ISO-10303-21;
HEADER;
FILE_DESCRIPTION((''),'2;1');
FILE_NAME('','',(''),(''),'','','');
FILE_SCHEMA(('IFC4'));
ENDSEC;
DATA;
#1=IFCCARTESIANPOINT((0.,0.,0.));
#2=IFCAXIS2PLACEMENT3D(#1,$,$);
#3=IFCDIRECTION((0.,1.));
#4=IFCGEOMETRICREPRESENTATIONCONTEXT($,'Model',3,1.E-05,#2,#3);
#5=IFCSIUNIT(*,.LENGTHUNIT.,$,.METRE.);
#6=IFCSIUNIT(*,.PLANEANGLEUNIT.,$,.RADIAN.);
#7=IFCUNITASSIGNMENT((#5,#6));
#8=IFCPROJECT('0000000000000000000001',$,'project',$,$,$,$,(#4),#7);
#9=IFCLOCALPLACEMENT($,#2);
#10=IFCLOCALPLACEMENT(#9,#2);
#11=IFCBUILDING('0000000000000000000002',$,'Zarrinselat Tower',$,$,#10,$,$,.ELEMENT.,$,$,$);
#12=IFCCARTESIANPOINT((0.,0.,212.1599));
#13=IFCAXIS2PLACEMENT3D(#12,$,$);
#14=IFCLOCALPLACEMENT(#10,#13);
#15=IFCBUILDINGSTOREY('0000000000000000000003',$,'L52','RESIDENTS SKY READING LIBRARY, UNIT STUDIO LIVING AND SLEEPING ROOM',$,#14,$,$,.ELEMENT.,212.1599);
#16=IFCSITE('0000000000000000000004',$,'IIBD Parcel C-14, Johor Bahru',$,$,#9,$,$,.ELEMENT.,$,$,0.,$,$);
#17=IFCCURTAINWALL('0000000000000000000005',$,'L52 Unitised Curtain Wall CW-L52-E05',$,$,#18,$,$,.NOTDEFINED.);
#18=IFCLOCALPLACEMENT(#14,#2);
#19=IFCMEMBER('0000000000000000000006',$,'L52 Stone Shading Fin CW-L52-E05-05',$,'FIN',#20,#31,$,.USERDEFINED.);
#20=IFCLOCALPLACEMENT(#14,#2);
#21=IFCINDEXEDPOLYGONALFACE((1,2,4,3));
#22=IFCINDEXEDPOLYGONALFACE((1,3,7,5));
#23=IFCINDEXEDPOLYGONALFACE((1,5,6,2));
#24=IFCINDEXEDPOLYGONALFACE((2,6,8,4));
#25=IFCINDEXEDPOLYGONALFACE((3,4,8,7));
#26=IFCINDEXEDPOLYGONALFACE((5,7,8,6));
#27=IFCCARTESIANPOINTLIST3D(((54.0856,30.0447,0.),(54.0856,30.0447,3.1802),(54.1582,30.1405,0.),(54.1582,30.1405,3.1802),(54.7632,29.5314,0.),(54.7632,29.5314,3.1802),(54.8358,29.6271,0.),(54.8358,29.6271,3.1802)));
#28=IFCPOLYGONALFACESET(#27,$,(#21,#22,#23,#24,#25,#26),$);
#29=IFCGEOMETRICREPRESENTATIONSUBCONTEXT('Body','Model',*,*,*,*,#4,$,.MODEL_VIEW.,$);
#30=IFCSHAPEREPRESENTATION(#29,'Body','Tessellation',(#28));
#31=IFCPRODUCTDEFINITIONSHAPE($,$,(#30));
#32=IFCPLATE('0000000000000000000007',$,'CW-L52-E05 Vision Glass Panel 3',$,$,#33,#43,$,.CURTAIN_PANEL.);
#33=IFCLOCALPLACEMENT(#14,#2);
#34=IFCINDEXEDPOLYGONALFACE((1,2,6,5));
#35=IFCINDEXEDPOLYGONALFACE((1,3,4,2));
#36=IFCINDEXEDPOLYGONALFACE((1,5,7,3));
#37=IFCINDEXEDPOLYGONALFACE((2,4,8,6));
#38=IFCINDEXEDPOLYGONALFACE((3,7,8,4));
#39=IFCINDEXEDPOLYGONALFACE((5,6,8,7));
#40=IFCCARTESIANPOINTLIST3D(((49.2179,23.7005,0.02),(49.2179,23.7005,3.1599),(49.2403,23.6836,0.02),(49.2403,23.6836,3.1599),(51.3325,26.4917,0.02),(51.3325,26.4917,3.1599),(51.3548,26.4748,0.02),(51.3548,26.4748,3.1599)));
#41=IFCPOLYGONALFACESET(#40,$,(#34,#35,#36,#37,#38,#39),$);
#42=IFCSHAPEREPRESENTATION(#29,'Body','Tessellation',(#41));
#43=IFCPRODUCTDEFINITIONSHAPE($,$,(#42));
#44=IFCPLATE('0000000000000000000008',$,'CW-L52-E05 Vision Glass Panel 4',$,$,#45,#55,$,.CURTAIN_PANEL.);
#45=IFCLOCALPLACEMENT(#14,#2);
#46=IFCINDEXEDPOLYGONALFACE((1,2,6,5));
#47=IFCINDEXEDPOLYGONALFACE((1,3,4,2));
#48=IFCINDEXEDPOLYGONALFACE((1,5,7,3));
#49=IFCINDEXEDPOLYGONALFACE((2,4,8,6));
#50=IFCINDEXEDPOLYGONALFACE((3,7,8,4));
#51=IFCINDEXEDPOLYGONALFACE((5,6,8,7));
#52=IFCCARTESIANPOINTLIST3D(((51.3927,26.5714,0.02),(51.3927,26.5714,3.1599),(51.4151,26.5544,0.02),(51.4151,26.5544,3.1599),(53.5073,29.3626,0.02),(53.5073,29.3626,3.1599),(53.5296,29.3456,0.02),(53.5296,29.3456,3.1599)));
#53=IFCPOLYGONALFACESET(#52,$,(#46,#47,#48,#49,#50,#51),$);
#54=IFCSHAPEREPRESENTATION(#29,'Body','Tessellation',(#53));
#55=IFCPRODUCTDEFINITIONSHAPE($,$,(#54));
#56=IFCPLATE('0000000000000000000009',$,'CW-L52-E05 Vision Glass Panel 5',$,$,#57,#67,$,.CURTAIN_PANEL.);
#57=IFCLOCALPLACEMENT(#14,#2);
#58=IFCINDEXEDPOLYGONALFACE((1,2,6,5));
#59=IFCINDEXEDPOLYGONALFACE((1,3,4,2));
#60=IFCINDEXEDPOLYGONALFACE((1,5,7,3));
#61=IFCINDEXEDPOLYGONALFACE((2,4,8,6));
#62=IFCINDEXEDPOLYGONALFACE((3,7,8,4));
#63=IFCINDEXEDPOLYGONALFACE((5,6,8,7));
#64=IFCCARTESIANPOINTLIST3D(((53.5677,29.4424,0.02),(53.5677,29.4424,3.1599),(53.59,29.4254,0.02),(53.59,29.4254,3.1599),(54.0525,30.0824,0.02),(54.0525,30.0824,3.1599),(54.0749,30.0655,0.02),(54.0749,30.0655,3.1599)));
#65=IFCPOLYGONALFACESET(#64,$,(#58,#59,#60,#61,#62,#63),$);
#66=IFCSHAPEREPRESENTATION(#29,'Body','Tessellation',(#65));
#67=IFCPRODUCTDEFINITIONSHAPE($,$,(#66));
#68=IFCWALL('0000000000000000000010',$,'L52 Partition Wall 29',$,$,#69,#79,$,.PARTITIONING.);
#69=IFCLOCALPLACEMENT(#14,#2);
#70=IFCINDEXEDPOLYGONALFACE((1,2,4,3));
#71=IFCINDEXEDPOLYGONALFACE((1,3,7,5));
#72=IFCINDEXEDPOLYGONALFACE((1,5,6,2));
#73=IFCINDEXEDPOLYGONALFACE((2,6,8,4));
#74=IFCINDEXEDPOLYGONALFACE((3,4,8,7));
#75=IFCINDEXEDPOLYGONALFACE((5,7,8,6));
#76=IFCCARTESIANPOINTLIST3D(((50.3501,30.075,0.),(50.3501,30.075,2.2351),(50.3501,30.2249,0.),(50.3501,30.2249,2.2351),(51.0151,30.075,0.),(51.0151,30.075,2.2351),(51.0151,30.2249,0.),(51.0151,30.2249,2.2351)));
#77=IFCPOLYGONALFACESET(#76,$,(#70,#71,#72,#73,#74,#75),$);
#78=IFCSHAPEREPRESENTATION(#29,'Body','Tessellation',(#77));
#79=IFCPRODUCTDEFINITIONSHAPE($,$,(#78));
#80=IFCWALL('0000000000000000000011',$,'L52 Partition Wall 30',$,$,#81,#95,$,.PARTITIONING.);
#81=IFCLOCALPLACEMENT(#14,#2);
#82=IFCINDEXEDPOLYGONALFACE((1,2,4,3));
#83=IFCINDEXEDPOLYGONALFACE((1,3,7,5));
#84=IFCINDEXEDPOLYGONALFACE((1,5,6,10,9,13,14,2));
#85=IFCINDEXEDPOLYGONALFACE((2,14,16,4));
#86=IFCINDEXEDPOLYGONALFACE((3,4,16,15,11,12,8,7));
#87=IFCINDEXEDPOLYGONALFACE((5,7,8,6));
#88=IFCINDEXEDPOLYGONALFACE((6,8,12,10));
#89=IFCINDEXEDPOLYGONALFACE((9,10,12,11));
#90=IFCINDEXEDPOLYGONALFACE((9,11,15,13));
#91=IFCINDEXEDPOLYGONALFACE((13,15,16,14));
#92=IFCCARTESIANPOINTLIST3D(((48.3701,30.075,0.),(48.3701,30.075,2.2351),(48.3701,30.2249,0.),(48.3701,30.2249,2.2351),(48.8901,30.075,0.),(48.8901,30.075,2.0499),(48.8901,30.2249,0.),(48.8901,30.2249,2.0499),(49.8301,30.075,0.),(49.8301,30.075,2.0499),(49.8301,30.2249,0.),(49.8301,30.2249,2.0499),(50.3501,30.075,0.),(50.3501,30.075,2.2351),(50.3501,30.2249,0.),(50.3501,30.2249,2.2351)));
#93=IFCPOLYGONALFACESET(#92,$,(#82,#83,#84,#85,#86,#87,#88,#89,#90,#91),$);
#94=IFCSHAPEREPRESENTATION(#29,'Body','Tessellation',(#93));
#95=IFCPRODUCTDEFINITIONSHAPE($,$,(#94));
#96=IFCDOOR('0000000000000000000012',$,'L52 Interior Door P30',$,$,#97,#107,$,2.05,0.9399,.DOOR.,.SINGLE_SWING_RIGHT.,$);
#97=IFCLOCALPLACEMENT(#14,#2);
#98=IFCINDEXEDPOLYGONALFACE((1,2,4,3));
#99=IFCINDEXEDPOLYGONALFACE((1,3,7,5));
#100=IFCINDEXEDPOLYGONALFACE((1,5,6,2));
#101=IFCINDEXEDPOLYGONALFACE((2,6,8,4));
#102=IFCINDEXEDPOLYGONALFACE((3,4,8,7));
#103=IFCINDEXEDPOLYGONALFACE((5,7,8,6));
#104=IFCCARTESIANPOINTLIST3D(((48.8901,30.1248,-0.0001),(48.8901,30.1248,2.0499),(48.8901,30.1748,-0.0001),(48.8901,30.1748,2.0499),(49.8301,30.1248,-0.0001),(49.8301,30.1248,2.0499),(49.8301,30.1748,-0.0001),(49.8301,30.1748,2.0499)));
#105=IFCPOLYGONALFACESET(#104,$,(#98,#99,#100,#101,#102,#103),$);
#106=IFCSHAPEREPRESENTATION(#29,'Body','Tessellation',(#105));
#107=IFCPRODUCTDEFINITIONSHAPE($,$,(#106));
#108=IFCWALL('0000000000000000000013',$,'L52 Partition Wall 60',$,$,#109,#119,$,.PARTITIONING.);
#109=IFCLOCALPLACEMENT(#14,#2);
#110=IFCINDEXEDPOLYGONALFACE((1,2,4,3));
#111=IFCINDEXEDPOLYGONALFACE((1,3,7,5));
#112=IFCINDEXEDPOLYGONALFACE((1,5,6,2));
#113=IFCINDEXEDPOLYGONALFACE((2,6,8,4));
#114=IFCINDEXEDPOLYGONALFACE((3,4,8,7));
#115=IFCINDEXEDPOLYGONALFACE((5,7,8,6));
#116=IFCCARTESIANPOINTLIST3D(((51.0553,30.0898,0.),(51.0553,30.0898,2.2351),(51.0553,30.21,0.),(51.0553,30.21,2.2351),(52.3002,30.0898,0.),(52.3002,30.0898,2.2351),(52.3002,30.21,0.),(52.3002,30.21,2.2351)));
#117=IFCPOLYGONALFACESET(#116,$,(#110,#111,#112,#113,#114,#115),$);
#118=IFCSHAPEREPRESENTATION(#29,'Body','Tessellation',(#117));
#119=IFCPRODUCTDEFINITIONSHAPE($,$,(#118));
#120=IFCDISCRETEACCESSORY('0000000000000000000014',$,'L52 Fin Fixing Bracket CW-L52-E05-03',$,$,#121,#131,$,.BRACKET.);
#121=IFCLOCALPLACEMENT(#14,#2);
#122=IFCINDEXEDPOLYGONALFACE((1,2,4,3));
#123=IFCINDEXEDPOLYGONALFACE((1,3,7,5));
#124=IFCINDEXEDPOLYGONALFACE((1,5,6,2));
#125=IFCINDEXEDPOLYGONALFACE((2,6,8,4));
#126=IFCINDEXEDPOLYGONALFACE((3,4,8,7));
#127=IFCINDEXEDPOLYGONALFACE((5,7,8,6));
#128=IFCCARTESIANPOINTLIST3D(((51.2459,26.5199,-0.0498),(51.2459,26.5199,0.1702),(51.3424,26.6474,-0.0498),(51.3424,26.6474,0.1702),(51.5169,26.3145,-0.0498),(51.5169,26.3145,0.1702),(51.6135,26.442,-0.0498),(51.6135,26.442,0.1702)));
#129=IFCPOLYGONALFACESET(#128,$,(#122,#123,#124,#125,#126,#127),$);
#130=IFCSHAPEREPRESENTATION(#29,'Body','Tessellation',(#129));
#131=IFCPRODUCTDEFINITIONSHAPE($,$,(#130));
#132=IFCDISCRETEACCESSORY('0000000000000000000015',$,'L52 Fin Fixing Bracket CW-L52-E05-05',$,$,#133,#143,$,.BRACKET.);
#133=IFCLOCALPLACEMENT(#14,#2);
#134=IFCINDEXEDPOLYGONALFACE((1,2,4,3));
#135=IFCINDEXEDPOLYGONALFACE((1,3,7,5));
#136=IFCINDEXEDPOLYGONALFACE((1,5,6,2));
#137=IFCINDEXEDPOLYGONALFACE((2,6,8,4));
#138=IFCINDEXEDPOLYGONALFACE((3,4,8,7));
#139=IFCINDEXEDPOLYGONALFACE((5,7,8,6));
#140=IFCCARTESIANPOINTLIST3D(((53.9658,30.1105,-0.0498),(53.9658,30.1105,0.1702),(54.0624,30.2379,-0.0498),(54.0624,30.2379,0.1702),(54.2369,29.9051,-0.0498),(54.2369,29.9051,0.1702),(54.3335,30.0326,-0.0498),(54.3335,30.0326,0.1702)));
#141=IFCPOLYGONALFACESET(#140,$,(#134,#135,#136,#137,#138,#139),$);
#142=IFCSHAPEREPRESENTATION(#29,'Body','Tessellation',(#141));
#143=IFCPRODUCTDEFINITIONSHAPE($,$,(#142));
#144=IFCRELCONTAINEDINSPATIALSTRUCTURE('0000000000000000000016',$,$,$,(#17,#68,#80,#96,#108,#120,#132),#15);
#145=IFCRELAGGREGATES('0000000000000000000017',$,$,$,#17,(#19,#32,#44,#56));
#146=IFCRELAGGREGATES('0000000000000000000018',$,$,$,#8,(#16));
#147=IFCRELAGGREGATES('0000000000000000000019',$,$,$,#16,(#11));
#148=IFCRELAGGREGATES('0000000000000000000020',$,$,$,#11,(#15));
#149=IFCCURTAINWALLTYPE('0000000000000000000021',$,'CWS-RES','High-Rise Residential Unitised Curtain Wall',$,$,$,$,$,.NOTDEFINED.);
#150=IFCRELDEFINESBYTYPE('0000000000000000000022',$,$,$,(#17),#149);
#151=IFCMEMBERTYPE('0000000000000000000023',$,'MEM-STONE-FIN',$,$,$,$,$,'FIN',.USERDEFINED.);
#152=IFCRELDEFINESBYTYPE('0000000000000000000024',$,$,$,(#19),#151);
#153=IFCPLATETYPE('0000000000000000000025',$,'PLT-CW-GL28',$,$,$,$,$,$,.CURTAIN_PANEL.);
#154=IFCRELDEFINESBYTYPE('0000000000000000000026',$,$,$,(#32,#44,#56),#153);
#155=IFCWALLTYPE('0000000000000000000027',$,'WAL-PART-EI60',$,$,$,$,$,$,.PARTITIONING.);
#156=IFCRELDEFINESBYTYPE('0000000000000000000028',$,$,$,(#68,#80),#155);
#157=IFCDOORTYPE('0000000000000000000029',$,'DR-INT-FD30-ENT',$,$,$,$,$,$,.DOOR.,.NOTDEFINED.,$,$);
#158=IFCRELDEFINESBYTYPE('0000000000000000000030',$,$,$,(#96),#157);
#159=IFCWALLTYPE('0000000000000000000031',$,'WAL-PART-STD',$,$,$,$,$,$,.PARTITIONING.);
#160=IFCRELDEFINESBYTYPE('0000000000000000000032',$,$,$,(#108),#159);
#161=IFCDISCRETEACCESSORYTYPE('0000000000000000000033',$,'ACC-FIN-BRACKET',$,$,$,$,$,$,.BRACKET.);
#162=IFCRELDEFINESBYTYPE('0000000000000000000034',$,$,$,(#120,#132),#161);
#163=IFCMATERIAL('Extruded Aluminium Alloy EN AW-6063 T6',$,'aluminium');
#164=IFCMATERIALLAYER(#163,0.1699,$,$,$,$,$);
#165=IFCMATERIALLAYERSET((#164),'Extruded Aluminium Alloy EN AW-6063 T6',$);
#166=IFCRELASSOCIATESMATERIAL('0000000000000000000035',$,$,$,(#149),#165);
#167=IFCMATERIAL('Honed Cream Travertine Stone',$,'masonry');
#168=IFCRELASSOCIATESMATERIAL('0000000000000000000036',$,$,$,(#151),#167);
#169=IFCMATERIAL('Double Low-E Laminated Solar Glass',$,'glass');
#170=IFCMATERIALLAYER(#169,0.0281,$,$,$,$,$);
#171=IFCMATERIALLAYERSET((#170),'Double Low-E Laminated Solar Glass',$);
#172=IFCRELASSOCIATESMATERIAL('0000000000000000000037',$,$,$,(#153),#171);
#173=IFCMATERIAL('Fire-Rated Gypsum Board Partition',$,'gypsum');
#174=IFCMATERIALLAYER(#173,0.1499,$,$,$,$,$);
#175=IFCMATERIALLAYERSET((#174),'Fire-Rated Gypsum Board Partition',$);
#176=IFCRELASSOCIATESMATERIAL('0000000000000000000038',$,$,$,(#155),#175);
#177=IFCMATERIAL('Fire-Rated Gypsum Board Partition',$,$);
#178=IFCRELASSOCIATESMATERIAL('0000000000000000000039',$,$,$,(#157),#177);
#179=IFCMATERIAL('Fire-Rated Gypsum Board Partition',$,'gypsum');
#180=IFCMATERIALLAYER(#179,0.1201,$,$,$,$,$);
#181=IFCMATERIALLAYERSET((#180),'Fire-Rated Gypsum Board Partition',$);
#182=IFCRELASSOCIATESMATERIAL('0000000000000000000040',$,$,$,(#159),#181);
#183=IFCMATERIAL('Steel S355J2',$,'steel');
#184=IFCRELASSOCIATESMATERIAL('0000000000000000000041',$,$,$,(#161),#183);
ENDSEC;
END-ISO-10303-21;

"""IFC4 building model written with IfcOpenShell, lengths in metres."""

from ifc_helpers import new_model, si_unit, direction, frame, frame_2d, origin, origin_2d, place, context, subcontext, project, spatial, rectangle, extrude, material, layer, layer_set, material_profile, profile_set, type_object, element, fill, aggregate, save


model = new_model("IFC4")

# Units and contexts
model_context = context("Model", 3, precision=1e-05, world=origin(), true_north=direction((0.0, 1.0)))
body_context = subcontext(model_context, "Body", "Model", "MODEL_VIEW")
ifc_project = project(units=[si_unit("LENGTHUNIT", "METRE"), si_unit("PLANEANGLEUNIT", "RADIAN")], contexts=[model_context])

# Site, building, storey
site_placement = place(None, origin())
site = spatial("IfcSite", under=ifc_project, at=site_placement, Name="IIBD Parcel C-14, Johor Bahru", CompositionType="ELEMENT", RefElevation=0.0)
building_placement = place(site_placement, origin())
building = spatial("IfcBuilding", under=site, at=building_placement, Name="Zarrinselat Tower", CompositionType="ELEMENT")
storey_placement = place(building_placement, frame((0.0, 0.0, 212.1599)))
storey = spatial("IfcBuildingStorey", under=building, at=storey_placement, Name="L52", Description="RESIDENTS SKY READING LIBRARY, UNIT STUDIO LIVING AND SLEEPING ROOM", CompositionType="ELEMENT", Elevation=212.1599)

# Curtain wall, member, plates
ifc_material_1 = material(Name="Extruded Aluminium Alloy EN AW-6063 T6", Category="aluminium")
ifc_layer_1 = layer(ifc_material_1, 0.1699)
ifc_layer_set_1 = layer_set([ifc_layer_1], Name="Extruded Aluminium Alloy EN AW-6063 T6")
curtain_wall_type = type_object("IfcCurtainWallType", Name="CWS-RES", Description="High-Rise Residential Unitised Curtain Wall", PredefinedType="NOTDEFINED", material=ifc_layer_set_1)
curtain_wall_placement = place(storey_placement, origin())
curtain_wall = element("IfcCurtainWall", 1, at=curtain_wall_placement, inside=storey, type_object=curtain_wall_type, Name="L52 Unitised Curtain Wall CW-L52-E05", PredefinedType="NOTDEFINED")
ifc_material_2 = material(Name="Honed Cream Travertine Stone", Category="masonry")
ifc_material_profile_1 = material_profile(ifc_material_2, rectangle(XDim=0.1201, YDim=0.8501, at=origin_2d()), Name="FIN 850x120")
ifc_profile_set_1 = profile_set([ifc_material_profile_1], Name="Honed Cream Travertine Stone")
member_type_1 = type_object("IfcMemberType", Name="MEM-STONE-FIN", ElementType="FIN", PredefinedType="USERDEFINED", material=ifc_profile_set_1)
member_1_placement = place(storey_placement, frame((54.4607, 29.8359, 0.0), z_axis=(0.0, 0.0, 1.0), x_axis=(-0.603859, -0.797091, 0.0)))
member_1 = element("IfcMember", 2, at=member_1_placement, type_object=member_type_1, Name="L52 Stone Shading Fin CW-L52-E05-05", ObjectType="FIN", PredefinedType="USERDEFINED", context=body_context, shape_type="SweptSolid", body=[
    extrude(rectangle(XDim=0.1201, YDim=0.8501, at=origin_2d()), origin(), (0.0, 0.0, 1.0), 3.1802),
])
ifc_material_3 = material(Name="Double Low-E Laminated Solar Glass", Category="glass")
ifc_layer_2 = layer(ifc_material_3, 0.0281)
ifc_layer_set_2 = layer_set([ifc_layer_2], Name="Double Low-E Laminated Solar Glass")
plate_type = type_object("IfcPlateType", Name="PLT-CW-GL28", PredefinedType="CURTAIN_PANEL", material=ifc_layer_set_2)
plate_1_placement = place(storey_placement, frame((50.2864, 25.0876, 0.02), z_axis=(0.0, 0.0, 1.0), x_axis=(0.603859, 0.797091, 0.0)))
plate_1 = element("IfcPlate", 3, at=plate_1_placement, type_object=plate_type, Name="CW-L52-E05 Vision Glass Panel 3", PredefinedType="CURTAIN_PANEL", context=body_context, shape_type="SweptSolid", body=[
    extrude(rectangle(XDim=3.5017, YDim=0.0281, at=origin_2d()), origin(), (0.0, 0.0, 1.0), 3.1399),
])
plate_2_placement = place(storey_placement, frame((52.4612, 27.9585, 0.02), z_axis=(0.0, 0.0, 1.0), x_axis=(0.603859, 0.797091, 0.0)))
plate_2 = element("IfcPlate", 4, at=plate_2_placement, type_object=plate_type, Name="CW-L52-E05 Vision Glass Panel 4", PredefinedType="CURTAIN_PANEL", context=body_context, shape_type="SweptSolid", body=[
    extrude(rectangle(XDim=3.5017, YDim=0.0281, at=origin_2d()), origin(), (0.0, 0.0, 1.0), 3.1399),
])
plate_3_placement = place(storey_placement, frame((53.8213, 29.7539, 0.02), z_axis=(0.0, 0.0, 1.0), x_axis=(0.603859, 0.797091, 0.0)))
plate_3 = element("IfcPlate", 5, at=plate_3_placement, type_object=plate_type, Name="CW-L52-E05 Vision Glass Panel 5", PredefinedType="CURTAIN_PANEL", context=body_context, shape_type="SweptSolid", body=[
    extrude(rectangle(XDim=0.803, YDim=0.0281, at=origin_2d()), origin(), (0.0, 0.0, 1.0), 3.1399),
])
aggregate(curtain_wall, [member_1, plate_1, plate_2, plate_3])

# Wall
ifc_material_4 = material(Name="Fire-Rated Gypsum Board Partition", Category="gypsum")
ifc_layer_3 = layer(ifc_material_4, 0.1499)
ifc_layer_set_3 = layer_set([ifc_layer_3], Name="Fire-Rated Gypsum Board Partition")
wall_type_1 = type_object("IfcWallType", Name="WAL-PART-EI60", PredefinedType="PARTITIONING", material=ifc_layer_set_3)
wall_1_placement = place(storey_placement, frame((50.3501, 30.1499, 0.0), z_axis=(0.0, 0.0, 1.0), x_axis=(1.0, 0.0, 0.0)))
element("IfcWall", 6, at=wall_1_placement, inside=storey, type_object=wall_type_1, Name="L52 Partition Wall 29", PredefinedType="PARTITIONING", context=body_context, shape_type="SweptSolid", body=[
    extrude(rectangle(XDim=0.665, YDim=0.1499, at=frame_2d((0.3325, 0.0))), origin(), (0.0, 0.0, 1.0), 2.2351),
])

# Wall, opening, door
wall_2_placement = place(storey_placement, frame((48.3701, 30.1499, 0.0), z_axis=(0.0, 0.0, 1.0), x_axis=(1.0, 0.0, 0.0)))
wall_2 = element("IfcWall", 7, at=wall_2_placement, inside=storey, type_object=wall_type_1, Name="L52 Partition Wall 30", PredefinedType="PARTITIONING", context=body_context, shape_type="SweptSolid", body=[
    extrude(rectangle(XDim=1.98, YDim=0.1499, at=frame_2d((0.99, 0.0))), origin(), (0.0, 0.0, 1.0), 2.2351),
])
opening_placement = place(wall_2_placement, frame((0.52, 0.0, 0.0)))
opening = element("IfcOpeningElement", 8, at=opening_placement, cuts=wall_2, PredefinedType="OPENING", context=body_context, shape_type="SweptSolid", body=[
    extrude(rectangle(XDim=0.9399, YDim=2.05, at=frame_2d((0.47, 1.0249))), frame((0.0, 0.085, 0.0), z_axis=(0.0, -1.0, 0.0), x_axis=(1.0, 0.0, 0.0)), (0.0, 0.0, 1.0), 0.1699),
])
ifc_material_5 = material(Name="Fire-Rated Gypsum Board Partition")
door_type = type_object("IfcDoorType", Name="DR-INT-FD30-ENT", OperationType="NOTDEFINED", PredefinedType="DOOR", material=ifc_material_5)
door_placement = place(opening_placement, origin())
door = element("IfcDoor", 9, at=door_placement, inside=storey, type_object=door_type, Name="L52 Interior Door P30", OperationType="SINGLE_SWING_RIGHT", OverallHeight=2.05, OverallWidth=0.9399, PredefinedType="DOOR", context=body_context, shape_type="SweptSolid", body=[
    extrude(rectangle(XDim=0.9399, YDim=2.05, at=frame_2d((0.47, 1.0249))), frame((0.0, 0.0249, 0.0), z_axis=(0.0, -1.0, 0.0), x_axis=(1.0, 0.0, 0.0)), (0.0, 0.0, 1.0), 0.05),
])
fill(opening, door)

# Wall
ifc_material_6 = material(Name="Fire-Rated Gypsum Board Partition", Category="gypsum")
ifc_layer_4 = layer(ifc_material_6, 0.1201)
ifc_layer_set_4 = layer_set([ifc_layer_4], Name="Fire-Rated Gypsum Board Partition")
wall_type_2 = type_object("IfcWallType", Name="WAL-PART-STD", PredefinedType="PARTITIONING", material=ifc_layer_set_4)
wall_3_placement = place(storey_placement, frame((51.0552, 30.1499, 0.0), z_axis=(0.0, 0.0, 1.0), x_axis=(1.0, 0.0, 0.0)))
element("IfcWall", 10, at=wall_3_placement, inside=storey, type_object=wall_type_2, Name="L52 Partition Wall 60", PredefinedType="PARTITIONING", context=body_context, shape_type="SweptSolid", body=[
    extrude(rectangle(XDim=1.2449, YDim=0.1201, at=frame_2d((0.6226, 0.0))), origin(), (0.0, 0.0, 1.0), 2.2351),
])

# Discrete accessories
ifc_material_7 = material(Name="Steel S355J2", Category="steel")
discrete_accessory_type = type_object("IfcDiscreteAccessoryType", Name="ACC-FIN-BRACKET", PredefinedType="BRACKET", material=ifc_material_7)
for number, where, z_axis, x_axis, name in (
    (11, (51.4297, 26.481, -0.0498), (0.0, 0.0, 1.0), (0.797091, -0.603859, 0.0), "L52 Fin Fixing Bracket CW-L52-E05-03"),
    (12, (54.1497, 30.0715, -0.0498), (0.0, 0.0, 1.0), (0.797091, -0.603859, 0.0), "L52 Fin Fixing Bracket CW-L52-E05-05"),
):
    element("IfcDiscreteAccessory", number, at=place(storey_placement, frame(where, z_axis=z_axis, x_axis=x_axis)), inside=storey, type_object=discrete_accessory_type, Name=name, PredefinedType="BRACKET", context=body_context, shape_type="SweptSolid", body=[
        extrude(rectangle(XDim=0.3401, YDim=0.1599, at=origin_2d()), origin(), (0.0, 0.0, 1.0), 0.22),
    ])

save(model, "model.ifc")
